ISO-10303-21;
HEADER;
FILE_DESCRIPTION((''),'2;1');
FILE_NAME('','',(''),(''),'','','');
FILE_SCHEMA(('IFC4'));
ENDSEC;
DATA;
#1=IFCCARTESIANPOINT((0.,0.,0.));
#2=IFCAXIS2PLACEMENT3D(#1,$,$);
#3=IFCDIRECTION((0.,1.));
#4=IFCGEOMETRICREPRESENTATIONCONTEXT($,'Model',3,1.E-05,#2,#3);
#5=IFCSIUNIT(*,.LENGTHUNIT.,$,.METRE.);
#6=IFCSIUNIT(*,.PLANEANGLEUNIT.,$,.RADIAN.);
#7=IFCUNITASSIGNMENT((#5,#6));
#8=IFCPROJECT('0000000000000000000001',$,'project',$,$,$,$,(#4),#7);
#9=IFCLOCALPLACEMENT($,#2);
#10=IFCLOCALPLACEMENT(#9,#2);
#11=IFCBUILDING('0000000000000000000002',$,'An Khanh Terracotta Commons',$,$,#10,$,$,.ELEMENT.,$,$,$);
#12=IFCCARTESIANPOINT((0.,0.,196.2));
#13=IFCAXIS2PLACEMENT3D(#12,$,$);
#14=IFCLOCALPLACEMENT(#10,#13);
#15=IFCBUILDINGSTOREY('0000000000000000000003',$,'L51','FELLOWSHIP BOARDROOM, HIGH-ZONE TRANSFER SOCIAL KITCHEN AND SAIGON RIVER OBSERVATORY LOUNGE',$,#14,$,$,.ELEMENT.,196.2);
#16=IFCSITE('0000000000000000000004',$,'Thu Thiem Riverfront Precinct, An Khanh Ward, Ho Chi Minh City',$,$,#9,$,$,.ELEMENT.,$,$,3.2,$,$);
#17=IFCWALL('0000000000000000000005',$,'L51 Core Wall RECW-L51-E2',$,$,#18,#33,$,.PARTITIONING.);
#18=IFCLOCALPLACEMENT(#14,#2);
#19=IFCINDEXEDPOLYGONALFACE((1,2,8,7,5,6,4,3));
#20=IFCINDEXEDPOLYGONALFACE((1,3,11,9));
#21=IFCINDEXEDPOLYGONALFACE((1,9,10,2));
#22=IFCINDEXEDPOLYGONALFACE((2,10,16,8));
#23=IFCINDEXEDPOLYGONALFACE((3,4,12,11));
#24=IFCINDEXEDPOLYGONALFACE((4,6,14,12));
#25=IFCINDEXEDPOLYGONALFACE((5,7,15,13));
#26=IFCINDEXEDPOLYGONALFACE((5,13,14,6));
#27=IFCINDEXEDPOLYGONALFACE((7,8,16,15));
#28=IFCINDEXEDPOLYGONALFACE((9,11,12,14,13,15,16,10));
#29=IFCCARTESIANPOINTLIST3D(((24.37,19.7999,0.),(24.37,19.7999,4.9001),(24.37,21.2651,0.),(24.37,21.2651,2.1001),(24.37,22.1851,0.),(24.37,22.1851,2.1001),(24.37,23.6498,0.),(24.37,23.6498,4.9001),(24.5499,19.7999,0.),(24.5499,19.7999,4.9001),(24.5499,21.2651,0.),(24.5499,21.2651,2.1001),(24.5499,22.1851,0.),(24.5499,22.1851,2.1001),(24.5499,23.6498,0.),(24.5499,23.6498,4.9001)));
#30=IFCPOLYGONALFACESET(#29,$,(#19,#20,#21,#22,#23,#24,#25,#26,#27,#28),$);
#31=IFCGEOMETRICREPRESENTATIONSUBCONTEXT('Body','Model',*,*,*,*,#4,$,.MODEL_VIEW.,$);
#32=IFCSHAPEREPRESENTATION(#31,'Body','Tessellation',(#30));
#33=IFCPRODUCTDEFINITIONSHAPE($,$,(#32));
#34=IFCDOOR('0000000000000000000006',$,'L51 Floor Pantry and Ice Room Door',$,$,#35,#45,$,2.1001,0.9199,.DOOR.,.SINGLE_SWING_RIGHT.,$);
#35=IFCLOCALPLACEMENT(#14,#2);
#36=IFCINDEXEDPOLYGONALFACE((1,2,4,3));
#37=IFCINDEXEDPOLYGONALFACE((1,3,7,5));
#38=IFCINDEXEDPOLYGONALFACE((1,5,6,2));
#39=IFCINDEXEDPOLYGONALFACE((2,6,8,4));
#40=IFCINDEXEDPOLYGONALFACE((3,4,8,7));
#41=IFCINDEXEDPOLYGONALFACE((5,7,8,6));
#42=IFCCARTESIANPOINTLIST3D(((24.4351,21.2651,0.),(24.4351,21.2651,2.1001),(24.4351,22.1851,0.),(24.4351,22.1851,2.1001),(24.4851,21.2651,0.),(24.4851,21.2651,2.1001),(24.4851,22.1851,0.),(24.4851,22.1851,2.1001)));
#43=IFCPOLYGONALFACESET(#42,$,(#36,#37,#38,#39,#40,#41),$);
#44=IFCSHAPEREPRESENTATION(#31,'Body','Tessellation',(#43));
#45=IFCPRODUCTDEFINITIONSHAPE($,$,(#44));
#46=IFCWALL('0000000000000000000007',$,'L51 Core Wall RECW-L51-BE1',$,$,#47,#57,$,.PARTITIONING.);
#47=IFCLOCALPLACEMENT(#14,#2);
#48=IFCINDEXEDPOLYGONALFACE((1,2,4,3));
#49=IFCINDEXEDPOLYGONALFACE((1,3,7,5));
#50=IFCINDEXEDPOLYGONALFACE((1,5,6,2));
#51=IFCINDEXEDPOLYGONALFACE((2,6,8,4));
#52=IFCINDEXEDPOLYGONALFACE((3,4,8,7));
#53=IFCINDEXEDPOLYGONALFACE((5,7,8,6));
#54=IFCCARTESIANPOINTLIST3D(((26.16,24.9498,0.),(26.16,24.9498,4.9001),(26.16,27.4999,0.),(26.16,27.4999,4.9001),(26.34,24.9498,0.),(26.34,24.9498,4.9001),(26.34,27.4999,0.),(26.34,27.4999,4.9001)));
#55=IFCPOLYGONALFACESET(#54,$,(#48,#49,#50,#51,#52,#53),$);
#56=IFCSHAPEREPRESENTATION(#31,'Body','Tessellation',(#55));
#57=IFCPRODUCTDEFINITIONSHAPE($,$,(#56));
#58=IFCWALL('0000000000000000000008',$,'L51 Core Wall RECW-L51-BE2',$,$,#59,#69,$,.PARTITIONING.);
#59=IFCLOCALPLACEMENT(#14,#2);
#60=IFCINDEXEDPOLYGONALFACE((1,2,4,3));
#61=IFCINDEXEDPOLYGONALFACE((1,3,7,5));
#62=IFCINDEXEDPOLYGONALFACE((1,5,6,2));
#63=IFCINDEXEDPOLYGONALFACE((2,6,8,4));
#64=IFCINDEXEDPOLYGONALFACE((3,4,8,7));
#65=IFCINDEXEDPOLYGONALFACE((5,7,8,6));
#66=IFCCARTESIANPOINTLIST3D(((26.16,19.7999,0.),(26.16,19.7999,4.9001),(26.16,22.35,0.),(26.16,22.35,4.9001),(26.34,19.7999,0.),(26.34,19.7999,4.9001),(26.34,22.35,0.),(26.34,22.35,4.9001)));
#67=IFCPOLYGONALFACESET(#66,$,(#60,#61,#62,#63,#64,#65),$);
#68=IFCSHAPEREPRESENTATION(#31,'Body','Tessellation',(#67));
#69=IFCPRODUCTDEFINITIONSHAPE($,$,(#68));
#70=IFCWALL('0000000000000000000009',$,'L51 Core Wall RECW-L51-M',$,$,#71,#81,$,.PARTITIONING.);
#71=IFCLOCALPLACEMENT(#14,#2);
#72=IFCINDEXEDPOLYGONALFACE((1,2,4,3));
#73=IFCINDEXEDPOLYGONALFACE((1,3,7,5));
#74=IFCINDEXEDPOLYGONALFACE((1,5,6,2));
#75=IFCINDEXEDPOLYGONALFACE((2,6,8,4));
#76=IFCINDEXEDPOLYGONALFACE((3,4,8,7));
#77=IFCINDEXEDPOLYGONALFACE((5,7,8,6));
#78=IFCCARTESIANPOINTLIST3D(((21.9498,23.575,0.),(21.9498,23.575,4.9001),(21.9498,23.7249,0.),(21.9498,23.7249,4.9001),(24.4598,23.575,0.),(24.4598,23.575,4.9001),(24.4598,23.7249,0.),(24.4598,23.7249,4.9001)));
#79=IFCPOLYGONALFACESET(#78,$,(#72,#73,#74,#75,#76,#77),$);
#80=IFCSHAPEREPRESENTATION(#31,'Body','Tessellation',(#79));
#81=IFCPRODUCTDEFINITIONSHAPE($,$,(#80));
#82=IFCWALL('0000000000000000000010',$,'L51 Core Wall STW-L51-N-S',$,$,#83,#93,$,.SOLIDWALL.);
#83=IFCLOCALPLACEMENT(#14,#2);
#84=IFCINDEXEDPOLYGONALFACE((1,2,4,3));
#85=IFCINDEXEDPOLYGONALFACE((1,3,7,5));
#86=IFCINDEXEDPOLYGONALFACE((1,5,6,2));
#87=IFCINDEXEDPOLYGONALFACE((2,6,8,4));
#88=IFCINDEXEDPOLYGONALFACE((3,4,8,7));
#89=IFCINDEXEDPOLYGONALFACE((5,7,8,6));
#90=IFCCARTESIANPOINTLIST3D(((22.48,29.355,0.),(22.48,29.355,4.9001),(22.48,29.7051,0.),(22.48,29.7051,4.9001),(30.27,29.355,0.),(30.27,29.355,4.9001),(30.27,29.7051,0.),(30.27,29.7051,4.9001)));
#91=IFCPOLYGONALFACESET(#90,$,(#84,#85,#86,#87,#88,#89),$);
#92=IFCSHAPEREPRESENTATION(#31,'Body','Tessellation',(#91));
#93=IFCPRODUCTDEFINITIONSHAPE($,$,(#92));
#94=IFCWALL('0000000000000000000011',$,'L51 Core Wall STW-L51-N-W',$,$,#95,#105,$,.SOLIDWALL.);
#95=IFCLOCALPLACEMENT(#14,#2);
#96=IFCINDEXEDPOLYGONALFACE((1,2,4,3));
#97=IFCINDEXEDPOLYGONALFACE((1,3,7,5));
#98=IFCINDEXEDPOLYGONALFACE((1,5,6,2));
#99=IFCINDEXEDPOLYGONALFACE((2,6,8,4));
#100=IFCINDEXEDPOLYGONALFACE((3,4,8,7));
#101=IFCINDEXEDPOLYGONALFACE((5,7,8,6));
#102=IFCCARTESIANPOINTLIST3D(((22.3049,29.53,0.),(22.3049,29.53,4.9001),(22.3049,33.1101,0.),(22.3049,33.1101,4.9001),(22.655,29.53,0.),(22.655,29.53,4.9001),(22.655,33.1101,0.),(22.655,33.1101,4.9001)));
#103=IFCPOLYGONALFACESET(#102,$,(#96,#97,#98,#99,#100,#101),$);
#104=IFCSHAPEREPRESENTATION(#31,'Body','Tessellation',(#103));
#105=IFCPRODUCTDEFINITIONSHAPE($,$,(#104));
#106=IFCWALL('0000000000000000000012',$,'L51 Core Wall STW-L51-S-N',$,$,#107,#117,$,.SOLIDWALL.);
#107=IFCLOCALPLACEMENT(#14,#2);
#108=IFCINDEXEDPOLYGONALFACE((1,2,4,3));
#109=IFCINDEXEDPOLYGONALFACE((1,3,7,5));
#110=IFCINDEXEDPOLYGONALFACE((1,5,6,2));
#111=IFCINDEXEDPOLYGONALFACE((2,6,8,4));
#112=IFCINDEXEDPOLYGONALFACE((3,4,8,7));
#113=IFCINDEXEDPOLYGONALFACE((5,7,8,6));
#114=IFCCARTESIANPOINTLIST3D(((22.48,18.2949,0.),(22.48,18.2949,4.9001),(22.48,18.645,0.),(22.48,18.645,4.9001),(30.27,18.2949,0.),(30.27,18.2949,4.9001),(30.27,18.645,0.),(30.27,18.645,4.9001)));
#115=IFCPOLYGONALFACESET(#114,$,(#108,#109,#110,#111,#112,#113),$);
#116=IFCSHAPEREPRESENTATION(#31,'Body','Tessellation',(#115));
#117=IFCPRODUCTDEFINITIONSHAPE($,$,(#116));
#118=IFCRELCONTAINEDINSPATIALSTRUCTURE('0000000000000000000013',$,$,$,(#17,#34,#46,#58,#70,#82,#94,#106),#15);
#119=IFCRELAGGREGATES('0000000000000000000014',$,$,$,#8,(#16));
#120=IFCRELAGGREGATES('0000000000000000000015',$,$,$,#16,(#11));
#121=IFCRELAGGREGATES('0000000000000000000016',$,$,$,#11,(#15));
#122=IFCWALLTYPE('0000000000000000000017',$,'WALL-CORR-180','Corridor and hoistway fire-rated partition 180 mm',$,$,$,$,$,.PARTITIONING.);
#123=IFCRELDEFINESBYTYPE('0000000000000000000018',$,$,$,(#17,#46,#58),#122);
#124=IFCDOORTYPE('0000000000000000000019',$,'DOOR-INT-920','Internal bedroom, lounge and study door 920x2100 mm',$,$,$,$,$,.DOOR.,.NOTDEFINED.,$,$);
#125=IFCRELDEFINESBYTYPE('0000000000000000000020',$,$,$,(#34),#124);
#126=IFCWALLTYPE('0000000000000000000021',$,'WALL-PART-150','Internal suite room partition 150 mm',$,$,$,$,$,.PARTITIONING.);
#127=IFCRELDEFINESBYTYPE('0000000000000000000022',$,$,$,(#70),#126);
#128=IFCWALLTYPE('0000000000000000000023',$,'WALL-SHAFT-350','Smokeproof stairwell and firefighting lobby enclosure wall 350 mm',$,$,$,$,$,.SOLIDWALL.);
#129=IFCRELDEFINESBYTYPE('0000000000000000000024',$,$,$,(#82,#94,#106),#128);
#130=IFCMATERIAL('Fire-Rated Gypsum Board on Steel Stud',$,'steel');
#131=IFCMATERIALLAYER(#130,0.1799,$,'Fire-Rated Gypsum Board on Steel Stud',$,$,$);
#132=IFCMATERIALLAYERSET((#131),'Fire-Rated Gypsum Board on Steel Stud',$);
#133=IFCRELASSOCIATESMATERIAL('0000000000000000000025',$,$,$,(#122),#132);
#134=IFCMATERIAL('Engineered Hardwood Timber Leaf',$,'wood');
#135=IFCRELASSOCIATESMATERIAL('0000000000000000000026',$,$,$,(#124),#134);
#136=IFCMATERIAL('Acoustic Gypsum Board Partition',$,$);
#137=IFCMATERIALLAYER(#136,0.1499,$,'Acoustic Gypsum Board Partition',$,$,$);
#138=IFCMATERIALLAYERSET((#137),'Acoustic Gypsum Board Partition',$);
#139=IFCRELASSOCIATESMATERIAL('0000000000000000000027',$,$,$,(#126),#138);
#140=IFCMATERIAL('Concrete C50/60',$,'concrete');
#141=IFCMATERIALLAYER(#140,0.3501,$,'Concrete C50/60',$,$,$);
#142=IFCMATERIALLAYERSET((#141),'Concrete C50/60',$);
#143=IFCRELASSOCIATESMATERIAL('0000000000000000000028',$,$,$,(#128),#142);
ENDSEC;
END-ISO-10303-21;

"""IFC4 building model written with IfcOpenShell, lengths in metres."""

from ifc_helpers import new_model, si_unit, direction, frame, frame_2d, origin, place, context, subcontext, project, spatial, rectangle, extrude, material, layer, layer_set, type_object, element, fill, save


model = new_model("IFC4")

# Units and contexts
model_context = context("Model", 3, precision=1e-05, world=origin(), true_north=direction((0.0, 1.0)))
body_context = subcontext(model_context, "Body", "Model", "MODEL_VIEW")
ifc_project = project(units=[si_unit("LENGTHUNIT", "METRE"), si_unit("PLANEANGLEUNIT", "RADIAN")], contexts=[model_context])

# Site, building, storey
site_placement = place(None, origin())
site = spatial("IfcSite", under=ifc_project, at=site_placement, Name="Thu Thiem Riverfront Precinct, An Khanh Ward, Ho Chi Minh City", CompositionType="ELEMENT", RefElevation=3.2)
building_placement = place(site_placement, origin())
building = spatial("IfcBuilding", under=site, at=building_placement, Name="An Khanh Terracotta Commons", CompositionType="ELEMENT")
storey_placement = place(building_placement, frame((0.0, 0.0, 196.2)))
storey = spatial("IfcBuildingStorey", under=building, at=storey_placement, Name="L51", Description="FELLOWSHIP BOARDROOM, HIGH-ZONE TRANSFER SOCIAL KITCHEN AND SAIGON RIVER OBSERVATORY LOUNGE", CompositionType="ELEMENT", Elevation=196.2)

# Shared definitions
ifc_material_1 = material(Name="Fire-Rated Gypsum Board on Steel Stud", Category="steel")
ifc_layer_1 = layer(ifc_material_1, 0.1799, Name="Fire-Rated Gypsum Board on Steel Stud")
ifc_layer_set_1 = layer_set([ifc_layer_1], Name="Fire-Rated Gypsum Board on Steel Stud")
wall_type_1 = type_object("IfcWallType", Name="WALL-CORR-180", Description="Corridor and hoistway fire-rated partition 180 mm", PredefinedType="PARTITIONING", material=ifc_layer_set_1)

# Wall, opening, door
ifc_material_2 = material(Name="Engineered Hardwood Timber Leaf", Category="wood")
door_type_1 = type_object("IfcDoorType", Name="DOOR-INT-920", Description="Internal bedroom, lounge and study door 920x2100 mm", OperationType="NOTDEFINED", PredefinedType="DOOR", material=ifc_material_2)
wall_1_placement = place(storey_placement, frame((24.46, 19.8, 0.0), z_axis=(0.0, 0.0, 1.0), x_axis=(0.0, 1.0, 0.0)))
wall_1 = element("IfcWall", 1, at=wall_1_placement, inside=storey, type_object=wall_type_1, Name="L51 Core Wall RECW-L51-E2", PredefinedType="PARTITIONING", context=body_context, shape_type="SweptSolid", body=[
    extrude(rectangle(XDim=3.8499, YDim=0.1799, at=frame_2d((1.9248, 0.0))), origin(), (0.0, 0.0, 1.0), 4.9001),
])
opening_1_placement = place(wall_1_placement, frame((1.4651, 0.0, 0.0)))
opening_1 = element("IfcOpeningElement", 2, at=opening_1_placement, cuts=wall_1, PredefinedType="OPENING", context=body_context, shape_type="SweptSolid", body=[
    extrude(rectangle(XDim=0.9199, YDim=2.1001, at=frame_2d((0.46, 1.05))), frame((0.0, 0.0999, 0.0), z_axis=(0.0, -1.0, 0.0), x_axis=(1.0, 0.0, 0.0)), (0.0, 0.0, 1.0), 0.2),
])
door_1_placement = place(opening_1_placement, origin())
door_1 = element("IfcDoor", 3, at=door_1_placement, inside=storey, type_object=door_type_1, Name="L51 Floor Pantry and Ice Room Door", OperationType="SINGLE_SWING_RIGHT", OverallHeight=2.1001, OverallWidth=0.9199, PredefinedType="DOOR", context=body_context, shape_type="SweptSolid", body=[
    extrude(rectangle(XDim=0.9199, YDim=2.1001, at=frame_2d((0.46, 1.05))), frame((0.0, 0.0249, 0.0), z_axis=(0.0, -1.0, 0.0), x_axis=(1.0, 0.0, 0.0)), (0.0, 0.0, 1.0), 0.05),
])
fill(opening_1, door_1)

# Walls
for number, where, z_axis, x_axis, name in (
    (4, (26.25, 24.95, 0.0), (0.0, 0.0, 1.0), (0.0, 1.0, 0.0), "L51 Core Wall RECW-L51-BE1"),
    (5, (26.25, 19.8, 0.0), (0.0, 0.0, 1.0), (0.0, 1.0, 0.0), "L51 Core Wall RECW-L51-BE2"),
):
    element("IfcWall", number, at=place(storey_placement, frame(where, z_axis=z_axis, x_axis=x_axis)), inside=storey, type_object=wall_type_1, Name=name, PredefinedType="PARTITIONING", context=body_context, shape_type="SweptSolid", body=[
        extrude(rectangle(XDim=2.55, YDim=0.1799, at=frame_2d((1.2749, 0.0))), origin(), (0.0, 0.0, 1.0), 4.9001),
    ])
ifc_material_3 = material(Name="Acoustic Gypsum Board Partition")
ifc_layer_2 = layer(ifc_material_3, 0.1499, Name="Acoustic Gypsum Board Partition")
ifc_layer_set_2 = layer_set([ifc_layer_2], Name="Acoustic Gypsum Board Partition")
wall_type_2 = type_object("IfcWallType", Name="WALL-PART-150", Description="Internal suite room partition 150 mm", PredefinedType="PARTITIONING", material=ifc_layer_set_2)
wall_2_placement = place(storey_placement, frame((21.95, 23.6499, 0.0), z_axis=(0.0, 0.0, 1.0), x_axis=(1.0, 0.0, 0.0)))
element("IfcWall", 6, at=wall_2_placement, inside=storey, type_object=wall_type_2, Name="L51 Core Wall RECW-L51-M", PredefinedType="PARTITIONING", context=body_context, shape_type="SweptSolid", body=[
    extrude(rectangle(XDim=2.51, YDim=0.1499, at=frame_2d((1.2549, 0.0))), origin(), (0.0, 0.0, 1.0), 4.9001),
])
ifc_material_4 = material(Name="Concrete C50/60", Category="concrete")
ifc_layer_3 = layer(ifc_material_4, 0.3501, Name="Concrete C50/60")
ifc_layer_set_3 = layer_set([ifc_layer_3], Name="Concrete C50/60")
wall_type_3 = type_object("IfcWallType", Name="WALL-SHAFT-350", Description="Smokeproof stairwell and firefighting lobby enclosure wall 350 mm", PredefinedType="SOLIDWALL", material=ifc_layer_set_3)
wall_3_placement = place(storey_placement, frame((22.48, 29.53, 0.0), z_axis=(0.0, 0.0, 1.0), x_axis=(1.0, 0.0, 0.0)))
element("IfcWall", 7, at=wall_3_placement, inside=storey, type_object=wall_type_3, Name="L51 Core Wall STW-L51-N-S", PredefinedType="SOLIDWALL", context=body_context, shape_type="SweptSolid", body=[
    extrude(rectangle(XDim=7.79, YDim=0.3501, at=frame_2d((3.895, 0.0))), origin(), (0.0, 0.0, 1.0), 4.9001),
])
wall_4_placement = place(storey_placement, frame((22.48, 29.53, 0.0), z_axis=(0.0, 0.0, 1.0), x_axis=(0.0, 1.0, 0.0)))
element("IfcWall", 8, at=wall_4_placement, inside=storey, type_object=wall_type_3, Name="L51 Core Wall STW-L51-N-W", PredefinedType="SOLIDWALL", context=body_context, shape_type="SweptSolid", body=[
    extrude(rectangle(XDim=3.5801, YDim=0.3501, at=frame_2d((1.79, 0.0))), origin(), (0.0, 0.0, 1.0), 4.9001),
])
wall_5_placement = place(storey_placement, frame((22.48, 18.47, 0.0), z_axis=(0.0, 0.0, 1.0), x_axis=(1.0, 0.0, 0.0)))
element("IfcWall", 9, at=wall_5_placement, inside=storey, type_object=wall_type_3, Name="L51 Core Wall STW-L51-S-N", PredefinedType="SOLIDWALL", context=body_context, shape_type="SweptSolid", body=[
    extrude(rectangle(XDim=7.79, YDim=0.3501, at=frame_2d((3.895, 0.0))), origin(), (0.0, 0.0, 1.0), 4.9001),
])

save(model, "model.ifc")
